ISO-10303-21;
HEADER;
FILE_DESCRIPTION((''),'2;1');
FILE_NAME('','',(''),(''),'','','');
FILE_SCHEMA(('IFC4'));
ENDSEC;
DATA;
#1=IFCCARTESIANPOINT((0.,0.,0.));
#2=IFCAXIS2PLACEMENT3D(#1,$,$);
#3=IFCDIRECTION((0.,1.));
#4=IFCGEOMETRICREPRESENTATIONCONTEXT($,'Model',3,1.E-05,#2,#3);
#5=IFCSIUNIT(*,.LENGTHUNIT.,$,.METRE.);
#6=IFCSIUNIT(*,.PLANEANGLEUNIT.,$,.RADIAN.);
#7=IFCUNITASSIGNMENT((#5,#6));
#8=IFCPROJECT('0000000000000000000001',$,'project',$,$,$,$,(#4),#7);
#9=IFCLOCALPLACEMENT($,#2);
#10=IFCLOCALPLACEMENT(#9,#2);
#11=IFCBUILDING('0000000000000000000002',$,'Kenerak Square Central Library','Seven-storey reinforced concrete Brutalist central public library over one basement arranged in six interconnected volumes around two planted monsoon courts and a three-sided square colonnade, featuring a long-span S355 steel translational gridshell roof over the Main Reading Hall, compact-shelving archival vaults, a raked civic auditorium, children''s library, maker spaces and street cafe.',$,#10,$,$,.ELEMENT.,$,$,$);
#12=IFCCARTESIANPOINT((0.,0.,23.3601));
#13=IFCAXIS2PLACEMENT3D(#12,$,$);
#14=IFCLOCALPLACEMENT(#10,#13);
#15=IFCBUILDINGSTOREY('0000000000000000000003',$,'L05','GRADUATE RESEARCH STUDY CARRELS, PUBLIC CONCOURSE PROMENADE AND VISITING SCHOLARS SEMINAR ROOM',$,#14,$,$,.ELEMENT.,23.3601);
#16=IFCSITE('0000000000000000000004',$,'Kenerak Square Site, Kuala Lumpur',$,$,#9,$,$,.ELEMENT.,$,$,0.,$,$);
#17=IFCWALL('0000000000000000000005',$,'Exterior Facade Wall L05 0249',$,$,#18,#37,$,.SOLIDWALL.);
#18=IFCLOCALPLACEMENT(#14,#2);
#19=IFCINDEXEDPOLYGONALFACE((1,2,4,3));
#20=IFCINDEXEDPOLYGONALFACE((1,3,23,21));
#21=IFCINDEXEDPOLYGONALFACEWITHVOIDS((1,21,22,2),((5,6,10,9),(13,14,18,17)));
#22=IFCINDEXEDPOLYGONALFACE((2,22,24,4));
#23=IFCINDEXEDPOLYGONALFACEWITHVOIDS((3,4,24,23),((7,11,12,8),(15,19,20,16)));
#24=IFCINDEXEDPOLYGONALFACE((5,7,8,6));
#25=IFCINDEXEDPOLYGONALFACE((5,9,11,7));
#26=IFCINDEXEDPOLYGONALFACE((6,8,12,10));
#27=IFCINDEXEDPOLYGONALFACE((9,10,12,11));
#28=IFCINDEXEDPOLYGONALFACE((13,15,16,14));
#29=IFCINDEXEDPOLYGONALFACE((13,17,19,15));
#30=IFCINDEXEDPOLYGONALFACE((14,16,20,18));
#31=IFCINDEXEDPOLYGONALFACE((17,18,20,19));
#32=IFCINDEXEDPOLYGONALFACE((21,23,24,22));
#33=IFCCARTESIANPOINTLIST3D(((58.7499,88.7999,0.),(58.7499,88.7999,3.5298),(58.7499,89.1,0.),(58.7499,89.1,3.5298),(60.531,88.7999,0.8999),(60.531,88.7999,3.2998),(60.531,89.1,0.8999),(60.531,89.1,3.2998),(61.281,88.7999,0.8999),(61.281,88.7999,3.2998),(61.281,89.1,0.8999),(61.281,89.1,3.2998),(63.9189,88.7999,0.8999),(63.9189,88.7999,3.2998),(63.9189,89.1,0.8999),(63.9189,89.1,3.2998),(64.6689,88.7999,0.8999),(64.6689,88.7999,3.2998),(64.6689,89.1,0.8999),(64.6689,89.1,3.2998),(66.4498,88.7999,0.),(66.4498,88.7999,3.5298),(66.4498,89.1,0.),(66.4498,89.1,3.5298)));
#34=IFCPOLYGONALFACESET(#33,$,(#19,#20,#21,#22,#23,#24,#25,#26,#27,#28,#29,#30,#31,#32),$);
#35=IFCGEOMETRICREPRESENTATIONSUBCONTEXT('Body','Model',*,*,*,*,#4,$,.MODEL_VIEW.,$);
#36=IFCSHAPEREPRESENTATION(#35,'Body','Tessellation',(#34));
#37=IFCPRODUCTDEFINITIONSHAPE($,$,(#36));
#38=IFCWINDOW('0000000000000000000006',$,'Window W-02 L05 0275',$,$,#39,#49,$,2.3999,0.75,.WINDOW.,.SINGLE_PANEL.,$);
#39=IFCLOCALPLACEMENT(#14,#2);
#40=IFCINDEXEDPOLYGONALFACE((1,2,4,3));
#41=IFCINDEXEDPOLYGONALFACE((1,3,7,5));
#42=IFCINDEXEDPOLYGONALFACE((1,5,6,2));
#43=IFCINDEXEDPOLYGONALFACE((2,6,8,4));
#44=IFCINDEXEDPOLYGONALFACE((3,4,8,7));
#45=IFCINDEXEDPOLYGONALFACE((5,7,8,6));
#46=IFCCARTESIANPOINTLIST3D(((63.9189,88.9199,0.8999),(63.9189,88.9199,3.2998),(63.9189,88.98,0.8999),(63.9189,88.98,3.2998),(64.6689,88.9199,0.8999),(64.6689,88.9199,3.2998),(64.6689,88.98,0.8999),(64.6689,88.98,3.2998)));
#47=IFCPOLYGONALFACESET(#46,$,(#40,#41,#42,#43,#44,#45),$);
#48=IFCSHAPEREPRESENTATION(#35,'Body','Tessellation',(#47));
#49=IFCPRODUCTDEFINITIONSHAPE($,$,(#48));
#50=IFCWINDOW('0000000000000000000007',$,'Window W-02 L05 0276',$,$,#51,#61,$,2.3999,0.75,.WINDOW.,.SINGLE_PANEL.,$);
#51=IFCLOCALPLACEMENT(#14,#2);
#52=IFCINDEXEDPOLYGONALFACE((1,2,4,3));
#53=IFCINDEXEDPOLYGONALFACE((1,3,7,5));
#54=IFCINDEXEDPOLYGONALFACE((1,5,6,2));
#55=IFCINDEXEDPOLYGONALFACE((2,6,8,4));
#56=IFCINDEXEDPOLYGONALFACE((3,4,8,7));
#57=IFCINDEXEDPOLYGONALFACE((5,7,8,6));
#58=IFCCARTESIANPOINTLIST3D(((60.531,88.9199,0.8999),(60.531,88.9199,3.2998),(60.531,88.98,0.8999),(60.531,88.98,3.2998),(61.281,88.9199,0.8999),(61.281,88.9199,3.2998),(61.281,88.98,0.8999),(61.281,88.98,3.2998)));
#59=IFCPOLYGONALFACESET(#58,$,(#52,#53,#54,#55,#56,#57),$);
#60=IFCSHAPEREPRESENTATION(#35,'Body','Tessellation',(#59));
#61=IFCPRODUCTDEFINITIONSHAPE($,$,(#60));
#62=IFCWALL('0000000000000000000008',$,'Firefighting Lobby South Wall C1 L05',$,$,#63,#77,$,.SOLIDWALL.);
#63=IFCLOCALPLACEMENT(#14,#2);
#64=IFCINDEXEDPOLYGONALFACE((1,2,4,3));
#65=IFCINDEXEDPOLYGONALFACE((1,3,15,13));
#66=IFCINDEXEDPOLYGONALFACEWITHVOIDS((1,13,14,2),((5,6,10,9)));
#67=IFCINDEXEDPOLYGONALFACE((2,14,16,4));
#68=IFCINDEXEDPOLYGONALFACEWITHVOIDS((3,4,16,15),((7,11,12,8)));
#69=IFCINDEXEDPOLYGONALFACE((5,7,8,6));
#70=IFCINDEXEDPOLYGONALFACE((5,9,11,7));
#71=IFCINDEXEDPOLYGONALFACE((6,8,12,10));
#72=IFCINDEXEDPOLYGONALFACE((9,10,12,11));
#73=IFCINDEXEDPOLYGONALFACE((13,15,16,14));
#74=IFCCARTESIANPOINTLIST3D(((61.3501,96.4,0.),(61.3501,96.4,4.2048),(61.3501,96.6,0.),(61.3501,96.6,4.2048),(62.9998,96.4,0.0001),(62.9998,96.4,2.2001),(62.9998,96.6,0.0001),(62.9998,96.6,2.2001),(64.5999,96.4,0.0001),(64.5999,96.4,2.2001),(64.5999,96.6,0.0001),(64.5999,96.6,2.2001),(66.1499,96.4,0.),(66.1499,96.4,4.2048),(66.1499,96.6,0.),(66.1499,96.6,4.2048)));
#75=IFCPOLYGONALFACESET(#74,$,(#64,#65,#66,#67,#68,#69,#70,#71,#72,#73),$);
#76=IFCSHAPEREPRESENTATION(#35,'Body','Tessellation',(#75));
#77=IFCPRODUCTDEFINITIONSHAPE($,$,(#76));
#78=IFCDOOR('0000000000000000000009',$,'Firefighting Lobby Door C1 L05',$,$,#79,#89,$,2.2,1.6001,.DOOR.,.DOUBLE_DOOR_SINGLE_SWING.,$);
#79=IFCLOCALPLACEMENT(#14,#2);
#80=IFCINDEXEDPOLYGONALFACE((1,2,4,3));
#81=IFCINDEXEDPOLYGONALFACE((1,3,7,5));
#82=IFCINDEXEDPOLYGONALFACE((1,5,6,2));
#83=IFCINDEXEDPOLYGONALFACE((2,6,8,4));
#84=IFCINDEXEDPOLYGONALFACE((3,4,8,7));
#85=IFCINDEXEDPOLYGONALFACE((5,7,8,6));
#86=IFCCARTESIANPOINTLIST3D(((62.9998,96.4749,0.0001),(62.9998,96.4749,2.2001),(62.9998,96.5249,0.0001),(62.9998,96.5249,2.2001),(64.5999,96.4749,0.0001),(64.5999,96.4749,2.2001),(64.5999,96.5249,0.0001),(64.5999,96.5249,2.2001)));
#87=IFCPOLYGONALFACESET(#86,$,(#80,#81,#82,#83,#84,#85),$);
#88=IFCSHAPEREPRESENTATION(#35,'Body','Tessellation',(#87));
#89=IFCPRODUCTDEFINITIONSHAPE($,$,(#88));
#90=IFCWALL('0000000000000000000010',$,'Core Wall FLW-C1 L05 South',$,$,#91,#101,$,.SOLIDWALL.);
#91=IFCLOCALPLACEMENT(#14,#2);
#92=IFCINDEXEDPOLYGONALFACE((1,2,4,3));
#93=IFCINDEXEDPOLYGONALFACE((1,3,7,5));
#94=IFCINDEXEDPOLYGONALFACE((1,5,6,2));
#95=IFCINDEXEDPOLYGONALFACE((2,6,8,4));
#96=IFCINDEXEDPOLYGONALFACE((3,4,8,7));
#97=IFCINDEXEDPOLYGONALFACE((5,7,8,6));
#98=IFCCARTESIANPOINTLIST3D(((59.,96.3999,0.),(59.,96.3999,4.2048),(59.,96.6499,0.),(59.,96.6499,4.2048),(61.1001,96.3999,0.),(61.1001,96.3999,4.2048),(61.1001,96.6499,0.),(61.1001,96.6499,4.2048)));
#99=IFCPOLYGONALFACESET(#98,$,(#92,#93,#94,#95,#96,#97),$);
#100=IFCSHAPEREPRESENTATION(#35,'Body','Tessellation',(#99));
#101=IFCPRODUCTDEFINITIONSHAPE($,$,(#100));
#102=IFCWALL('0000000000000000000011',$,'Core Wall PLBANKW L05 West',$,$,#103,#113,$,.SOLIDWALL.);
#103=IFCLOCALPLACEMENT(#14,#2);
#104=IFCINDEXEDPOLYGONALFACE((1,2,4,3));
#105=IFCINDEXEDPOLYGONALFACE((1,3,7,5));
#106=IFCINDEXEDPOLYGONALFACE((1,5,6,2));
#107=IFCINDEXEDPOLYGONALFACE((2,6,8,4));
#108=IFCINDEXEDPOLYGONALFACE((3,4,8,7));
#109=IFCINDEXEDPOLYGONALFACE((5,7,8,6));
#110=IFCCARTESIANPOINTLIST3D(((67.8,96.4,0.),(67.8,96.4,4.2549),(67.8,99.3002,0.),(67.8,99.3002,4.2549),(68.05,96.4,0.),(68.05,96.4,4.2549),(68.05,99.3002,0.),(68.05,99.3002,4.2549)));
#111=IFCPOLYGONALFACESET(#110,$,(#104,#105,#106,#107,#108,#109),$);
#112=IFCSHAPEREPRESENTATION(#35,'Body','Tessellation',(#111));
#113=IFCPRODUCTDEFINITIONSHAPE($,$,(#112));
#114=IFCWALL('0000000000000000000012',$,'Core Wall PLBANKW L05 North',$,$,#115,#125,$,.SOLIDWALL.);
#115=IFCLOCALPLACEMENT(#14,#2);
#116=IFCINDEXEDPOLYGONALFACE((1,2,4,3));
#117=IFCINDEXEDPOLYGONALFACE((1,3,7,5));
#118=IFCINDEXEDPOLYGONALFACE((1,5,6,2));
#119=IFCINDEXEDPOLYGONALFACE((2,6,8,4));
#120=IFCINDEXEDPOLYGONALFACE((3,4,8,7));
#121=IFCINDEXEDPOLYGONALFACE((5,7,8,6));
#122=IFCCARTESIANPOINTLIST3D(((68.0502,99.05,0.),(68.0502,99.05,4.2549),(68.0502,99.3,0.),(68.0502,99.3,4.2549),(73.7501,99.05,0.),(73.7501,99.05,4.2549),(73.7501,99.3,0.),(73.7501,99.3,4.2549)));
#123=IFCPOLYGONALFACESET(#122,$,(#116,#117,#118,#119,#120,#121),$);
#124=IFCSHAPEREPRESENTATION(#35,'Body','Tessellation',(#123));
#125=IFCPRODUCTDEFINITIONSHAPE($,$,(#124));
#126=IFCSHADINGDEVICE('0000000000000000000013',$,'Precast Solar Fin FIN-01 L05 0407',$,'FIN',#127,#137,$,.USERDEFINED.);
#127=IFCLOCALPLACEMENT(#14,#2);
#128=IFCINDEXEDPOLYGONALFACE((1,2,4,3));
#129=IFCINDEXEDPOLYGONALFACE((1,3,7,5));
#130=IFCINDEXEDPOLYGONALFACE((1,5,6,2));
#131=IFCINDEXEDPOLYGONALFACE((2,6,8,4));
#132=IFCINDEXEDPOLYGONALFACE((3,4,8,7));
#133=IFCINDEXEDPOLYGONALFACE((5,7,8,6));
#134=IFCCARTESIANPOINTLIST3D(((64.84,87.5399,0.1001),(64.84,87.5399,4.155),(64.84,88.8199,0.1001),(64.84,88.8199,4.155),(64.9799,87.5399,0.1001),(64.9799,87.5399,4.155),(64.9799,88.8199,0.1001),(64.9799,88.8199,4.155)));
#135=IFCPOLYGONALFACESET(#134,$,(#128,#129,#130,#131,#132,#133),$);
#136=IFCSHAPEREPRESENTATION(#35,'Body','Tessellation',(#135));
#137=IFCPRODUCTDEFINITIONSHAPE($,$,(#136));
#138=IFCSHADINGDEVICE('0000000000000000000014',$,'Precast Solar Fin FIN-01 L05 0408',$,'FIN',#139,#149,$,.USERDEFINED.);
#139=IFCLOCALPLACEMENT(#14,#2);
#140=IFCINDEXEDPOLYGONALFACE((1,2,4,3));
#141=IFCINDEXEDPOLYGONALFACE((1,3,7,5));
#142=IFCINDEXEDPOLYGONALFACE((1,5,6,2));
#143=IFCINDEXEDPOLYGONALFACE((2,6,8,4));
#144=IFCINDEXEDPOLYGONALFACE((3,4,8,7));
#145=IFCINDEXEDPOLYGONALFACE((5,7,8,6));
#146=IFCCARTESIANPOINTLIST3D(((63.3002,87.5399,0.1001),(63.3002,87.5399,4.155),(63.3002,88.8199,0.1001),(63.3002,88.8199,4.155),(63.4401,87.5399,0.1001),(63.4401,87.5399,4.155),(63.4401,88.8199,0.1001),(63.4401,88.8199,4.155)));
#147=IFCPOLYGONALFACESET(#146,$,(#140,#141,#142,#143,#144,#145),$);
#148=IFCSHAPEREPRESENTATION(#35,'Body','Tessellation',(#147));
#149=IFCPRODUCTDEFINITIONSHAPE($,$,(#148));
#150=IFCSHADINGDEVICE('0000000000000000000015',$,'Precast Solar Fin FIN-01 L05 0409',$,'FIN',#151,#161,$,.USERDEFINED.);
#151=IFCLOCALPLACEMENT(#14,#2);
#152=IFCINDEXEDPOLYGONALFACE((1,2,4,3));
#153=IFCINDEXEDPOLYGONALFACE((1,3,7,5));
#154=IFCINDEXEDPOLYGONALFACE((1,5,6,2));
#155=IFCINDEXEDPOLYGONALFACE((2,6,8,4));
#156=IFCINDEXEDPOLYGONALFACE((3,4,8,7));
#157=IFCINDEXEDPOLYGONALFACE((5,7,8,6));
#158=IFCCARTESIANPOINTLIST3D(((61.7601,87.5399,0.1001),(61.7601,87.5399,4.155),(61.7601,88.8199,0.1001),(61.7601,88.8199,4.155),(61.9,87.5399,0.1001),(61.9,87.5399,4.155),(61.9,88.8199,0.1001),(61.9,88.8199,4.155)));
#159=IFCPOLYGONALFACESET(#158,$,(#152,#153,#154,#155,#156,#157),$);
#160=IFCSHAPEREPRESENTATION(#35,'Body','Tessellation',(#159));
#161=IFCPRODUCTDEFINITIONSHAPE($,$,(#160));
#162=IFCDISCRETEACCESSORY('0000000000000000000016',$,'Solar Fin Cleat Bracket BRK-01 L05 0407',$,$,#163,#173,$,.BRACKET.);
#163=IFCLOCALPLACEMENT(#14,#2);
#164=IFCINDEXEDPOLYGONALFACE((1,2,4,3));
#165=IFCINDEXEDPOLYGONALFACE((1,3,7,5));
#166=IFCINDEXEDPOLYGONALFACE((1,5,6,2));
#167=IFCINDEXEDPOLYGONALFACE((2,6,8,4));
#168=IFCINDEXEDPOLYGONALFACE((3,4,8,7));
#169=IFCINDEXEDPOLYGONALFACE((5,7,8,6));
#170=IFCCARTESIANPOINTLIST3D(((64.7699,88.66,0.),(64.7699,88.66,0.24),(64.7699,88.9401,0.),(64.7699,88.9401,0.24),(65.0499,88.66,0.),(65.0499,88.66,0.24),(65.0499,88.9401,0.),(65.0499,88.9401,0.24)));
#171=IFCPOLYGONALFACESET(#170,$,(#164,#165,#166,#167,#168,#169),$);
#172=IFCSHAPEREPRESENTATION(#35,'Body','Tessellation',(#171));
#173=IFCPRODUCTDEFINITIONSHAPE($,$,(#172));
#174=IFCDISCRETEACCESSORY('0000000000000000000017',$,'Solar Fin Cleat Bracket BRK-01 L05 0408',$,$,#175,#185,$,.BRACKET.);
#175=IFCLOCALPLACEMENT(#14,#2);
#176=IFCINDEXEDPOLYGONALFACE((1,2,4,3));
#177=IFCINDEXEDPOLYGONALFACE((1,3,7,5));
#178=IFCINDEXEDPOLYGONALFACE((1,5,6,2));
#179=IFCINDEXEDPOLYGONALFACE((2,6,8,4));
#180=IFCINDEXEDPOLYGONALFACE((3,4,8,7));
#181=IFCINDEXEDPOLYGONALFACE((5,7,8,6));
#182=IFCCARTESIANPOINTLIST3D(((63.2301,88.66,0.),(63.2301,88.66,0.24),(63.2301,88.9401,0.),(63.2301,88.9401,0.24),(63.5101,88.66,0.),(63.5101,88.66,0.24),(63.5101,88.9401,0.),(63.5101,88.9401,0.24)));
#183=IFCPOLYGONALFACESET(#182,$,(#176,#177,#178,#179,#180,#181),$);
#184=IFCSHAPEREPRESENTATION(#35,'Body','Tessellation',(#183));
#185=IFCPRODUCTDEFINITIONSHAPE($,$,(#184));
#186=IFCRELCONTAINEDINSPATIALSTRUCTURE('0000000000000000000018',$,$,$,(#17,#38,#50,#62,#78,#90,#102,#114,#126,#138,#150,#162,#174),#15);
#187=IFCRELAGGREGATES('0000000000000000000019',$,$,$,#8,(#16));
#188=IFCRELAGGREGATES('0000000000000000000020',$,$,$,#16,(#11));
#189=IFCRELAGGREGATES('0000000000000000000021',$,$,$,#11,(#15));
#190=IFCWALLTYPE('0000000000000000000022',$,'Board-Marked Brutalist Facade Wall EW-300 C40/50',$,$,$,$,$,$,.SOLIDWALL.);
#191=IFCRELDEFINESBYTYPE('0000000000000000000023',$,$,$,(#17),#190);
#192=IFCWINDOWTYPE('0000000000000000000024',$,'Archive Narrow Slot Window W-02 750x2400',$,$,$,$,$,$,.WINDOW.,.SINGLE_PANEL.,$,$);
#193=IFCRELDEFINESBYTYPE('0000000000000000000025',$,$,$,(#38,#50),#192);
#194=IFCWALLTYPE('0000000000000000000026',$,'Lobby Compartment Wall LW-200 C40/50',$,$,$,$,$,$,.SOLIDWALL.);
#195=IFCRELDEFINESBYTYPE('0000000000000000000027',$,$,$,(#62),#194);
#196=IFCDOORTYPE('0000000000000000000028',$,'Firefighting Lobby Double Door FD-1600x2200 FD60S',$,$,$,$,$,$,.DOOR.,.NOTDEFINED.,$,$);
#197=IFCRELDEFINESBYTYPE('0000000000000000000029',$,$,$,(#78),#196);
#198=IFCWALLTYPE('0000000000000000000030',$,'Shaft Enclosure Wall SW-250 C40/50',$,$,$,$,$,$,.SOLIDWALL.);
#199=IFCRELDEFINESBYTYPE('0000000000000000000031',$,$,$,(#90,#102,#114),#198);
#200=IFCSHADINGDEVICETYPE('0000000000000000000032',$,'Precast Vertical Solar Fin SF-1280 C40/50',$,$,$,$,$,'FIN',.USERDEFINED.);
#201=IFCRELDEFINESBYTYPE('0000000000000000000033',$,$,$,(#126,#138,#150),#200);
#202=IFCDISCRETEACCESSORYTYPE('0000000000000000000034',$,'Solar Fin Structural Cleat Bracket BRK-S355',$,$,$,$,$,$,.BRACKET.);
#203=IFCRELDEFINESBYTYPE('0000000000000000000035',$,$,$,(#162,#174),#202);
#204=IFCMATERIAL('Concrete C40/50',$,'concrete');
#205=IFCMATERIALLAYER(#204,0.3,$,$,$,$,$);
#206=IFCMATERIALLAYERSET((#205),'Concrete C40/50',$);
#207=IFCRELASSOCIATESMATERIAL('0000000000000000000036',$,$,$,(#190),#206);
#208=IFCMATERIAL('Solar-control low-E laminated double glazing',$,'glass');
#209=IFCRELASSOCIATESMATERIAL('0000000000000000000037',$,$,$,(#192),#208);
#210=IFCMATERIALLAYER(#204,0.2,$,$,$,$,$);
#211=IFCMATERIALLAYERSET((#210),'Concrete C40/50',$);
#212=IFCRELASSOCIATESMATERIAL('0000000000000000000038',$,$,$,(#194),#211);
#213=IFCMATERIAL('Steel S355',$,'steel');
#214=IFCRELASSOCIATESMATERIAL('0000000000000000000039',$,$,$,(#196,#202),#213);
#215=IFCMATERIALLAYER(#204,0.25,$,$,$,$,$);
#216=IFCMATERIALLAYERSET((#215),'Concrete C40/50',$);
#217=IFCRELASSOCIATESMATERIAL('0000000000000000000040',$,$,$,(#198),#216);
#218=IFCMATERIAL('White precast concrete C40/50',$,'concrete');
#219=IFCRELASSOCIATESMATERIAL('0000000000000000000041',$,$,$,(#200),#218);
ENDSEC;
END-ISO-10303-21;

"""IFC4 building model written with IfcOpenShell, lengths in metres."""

from ifc_helpers import new_model, si_unit, direction, frame, frame_2d, origin, origin_2d, place, context, subcontext, project, spatial, rectangle, extrude, material, layer, layer_set, type_object, element, fill, save


model = new_model("IFC4")

# Units and contexts
model_context = context("Model", 3, precision=1e-05, world=origin(), true_north=direction((0.0, 1.0)))
body_context = subcontext(model_context, "Body", "Model", "MODEL_VIEW")
ifc_project = project(units=[si_unit("LENGTHUNIT", "METRE"), si_unit("PLANEANGLEUNIT", "RADIAN")], contexts=[model_context])

# Site, building, storey
site_placement = place(None, origin())
site = spatial("IfcSite", under=ifc_project, at=site_placement, Name="Kenerak Square Site, Kuala Lumpur", CompositionType="ELEMENT", RefElevation=0.0)
building_placement = place(site_placement, origin())
building = spatial("IfcBuilding", under=site, at=building_placement, Name="Kenerak Square Central Library", Description="Seven-storey reinforced concrete Brutalist central public library over one basement arranged in six interconnected volumes around two planted monsoon courts and a three-sided square colonnade, featuring a long-span S355 steel translational gridshell roof over the Main Reading Hall, compact-shelving archival vaults, a raked civic auditorium, children's library, maker spaces and street cafe.", CompositionType="ELEMENT")
storey_placement = place(building_placement, frame((0.0, 0.0, 23.3601)))
storey = spatial("IfcBuildingStorey", under=building, at=storey_placement, Name="L05", Description="GRADUATE RESEARCH STUDY CARRELS, PUBLIC CONCOURSE PROMENADE AND VISITING SCHOLARS SEMINAR ROOM", CompositionType="ELEMENT", Elevation=23.3601)

# Shared definitions
ifc_material_1 = material(Name="Concrete C40/50", Category="concrete")

# Shared definitions
ifc_material_2 = material(Name="Steel S355", Category="steel")

# Wall, openings, windows
ifc_layer_1 = layer(ifc_material_1, 0.3)
ifc_layer_set_1 = layer_set([ifc_layer_1], Name="Concrete C40/50")
wall_type_1 = type_object("IfcWallType", Name="Board-Marked Brutalist Facade Wall EW-300 C40/50", PredefinedType="SOLIDWALL", material=ifc_layer_set_1)
wall_1_placement = place(storey_placement, frame((66.45, 88.95, 0.0), z_axis=(0.0, 0.0, 1.0), x_axis=(-1.0, 0.0, 0.0)))
wall_1 = element("IfcWall", 1, at=wall_1_placement, inside=storey, type_object=wall_type_1, Name="Exterior Facade Wall L05 0249", PredefinedType="SOLIDWALL", context=body_context, shape_type="SweptSolid", body=[
    extrude(rectangle(XDim=7.7, YDim=0.3, at=frame_2d((3.8501, 0.0))), origin(), (0.0, 0.0, 1.0), 3.5298),
])
opening_1_placement = place(wall_1_placement, frame((1.781, 0.0, 0.8999)))
opening_1 = element("IfcOpeningElement", 2, at=opening_1_placement, cuts=wall_1, PredefinedType="OPENING", context=body_context, shape_type="SweptSolid", body=[
    extrude(rectangle(XDim=0.75, YDim=2.3999, at=frame_2d((0.375, 1.2))), frame((0.0, 0.1599, 0.0), z_axis=(0.0, -1.0, 0.0), x_axis=(1.0, 0.0, 0.0)), (0.0, 0.0, 1.0), 0.3201),
])
opening_2_placement = place(wall_1_placement, frame((5.1689, 0.0, 0.8999)))
opening_2 = element("IfcOpeningElement", 3, at=opening_2_placement, cuts=wall_1, PredefinedType="OPENING", context=body_context, shape_type="SweptSolid", body=[
    extrude(rectangle(XDim=0.75, YDim=2.3999, at=frame_2d((0.375, 1.2))), frame((0.0, 0.1599, 0.0), z_axis=(0.0, -1.0, 0.0), x_axis=(1.0, 0.0, 0.0)), (0.0, 0.0, 1.0), 0.3201),
])
ifc_material_3 = material(Name="Solar-control low-E laminated double glazing", Category="glass")
window_type = type_object("IfcWindowType", Name="Archive Narrow Slot Window W-02 750x2400", PartitioningType="SINGLE_PANEL", PredefinedType="WINDOW", material=ifc_material_3)
window_1_placement = place(opening_1_placement, origin())
window_1 = element("IfcWindow", 4, at=window_1_placement, inside=storey, type_object=window_type, Name="Window W-02 L05 0275", OverallHeight=2.3999, OverallWidth=0.75, PartitioningType="SINGLE_PANEL", PredefinedType="WINDOW", context=body_context, shape_type="SweptSolid", body=[
    extrude(rectangle(XDim=0.75, YDim=2.3999, at=frame_2d((0.375, 1.2))), frame((0.0, 0.03, 0.0), z_axis=(0.0, -1.0, 0.0), x_axis=(1.0, 0.0, 0.0)), (0.0, 0.0, 1.0), 0.0601),
])
fill(opening_1, window_1)
window_2_placement = place(opening_2_placement, origin())
window_2 = element("IfcWindow", 5, at=window_2_placement, inside=storey, type_object=window_type, Name="Window W-02 L05 0276", OverallHeight=2.3999, OverallWidth=0.75, PartitioningType="SINGLE_PANEL", PredefinedType="WINDOW", context=body_context, shape_type="SweptSolid", body=[
    extrude(rectangle(XDim=0.75, YDim=2.3999, at=frame_2d((0.375, 1.2))), frame((0.0, 0.03, 0.0), z_axis=(0.0, -1.0, 0.0), x_axis=(1.0, 0.0, 0.0)), (0.0, 0.0, 1.0), 0.0601),
])
fill(opening_2, window_2)

# Wall, opening, door
ifc_layer_2 = layer(ifc_material_1, 0.2)
ifc_layer_set_2 = layer_set([ifc_layer_2], Name="Concrete C40/50")
wall_type_2 = type_object("IfcWallType", Name="Lobby Compartment Wall LW-200 C40/50", PredefinedType="SOLIDWALL", material=ifc_layer_set_2)
wall_2_placement = place(storey_placement, frame((66.1499, 96.5, 0.0), z_axis=(0.0, 0.0, 1.0), x_axis=(-1.0, 0.0, 0.0)))
wall_2 = element("IfcWall", 6, at=wall_2_placement, inside=storey, type_object=wall_type_2, Name="Firefighting Lobby South Wall C1 L05", PredefinedType="SOLIDWALL", context=body_context, shape_type="SweptSolid", body=[
    extrude(rectangle(XDim=4.7998, YDim=0.2, at=frame_2d((2.3999, 0.0))), origin(), (0.0, 0.0, 1.0), 4.2048),
])
opening_3_placement = place(wall_2_placement, frame((1.55, 0.0, 0.0)))
opening_3 = element("IfcOpeningElement", 7, at=opening_3_placement, cuts=wall_2, PredefinedType="OPENING", context=body_context, shape_type="SweptSolid", body=[
    extrude(rectangle(XDim=1.6001, YDim=2.2, at=frame_2d((0.8, 1.1001))), frame((0.0, 0.1099, 0.0), z_axis=(0.0, -1.0, 0.0), x_axis=(1.0, 0.0, 0.0)), (0.0, 0.0, 1.0), 0.22),
])
door_type_1 = type_object("IfcDoorType", Name="Firefighting Lobby Double Door FD-1600x2200 FD60S", OperationType="NOTDEFINED", PredefinedType="DOOR", material=ifc_material_2)
door_1_placement = place(opening_3_placement, frame((1.6001, 0.0, 0.0), z_axis=(0.0, 0.0, 1.0), x_axis=(-1.0, 0.0, 0.0)))
door_1 = element("IfcDoor", 8, at=door_1_placement, inside=storey, type_object=door_type_1, Name="Firefighting Lobby Door C1 L05", OperationType="DOUBLE_DOOR_SINGLE_SWING", OverallHeight=2.2, OverallWidth=1.6001, PredefinedType="DOOR", context=body_context, shape_type="SweptSolid", body=[
    extrude(rectangle(XDim=1.6001, YDim=2.2, at=frame_2d((0.8, 1.1001))), frame((0.0, 0.0249, 0.0), z_axis=(0.0, -1.0, 0.0), x_axis=(1.0, 0.0, 0.0)), (0.0, 0.0, 1.0), 0.05),
])
fill(opening_3, door_1)

# Walls
ifc_layer_3 = layer(ifc_material_1, 0.25)
ifc_layer_set_3 = layer_set([ifc_layer_3], Name="Concrete C40/50")
wall_type_3 = type_object("IfcWallType", Name="Shaft Enclosure Wall SW-250 C40/50", PredefinedType="SOLIDWALL", material=ifc_layer_set_3)
wall_3_placement = place(storey_placement, frame((61.1001, 96.5249, 0.0), z_axis=(0.0, 0.0, 1.0), x_axis=(-1.0, 0.0, 0.0)))
element("IfcWall", 9, at=wall_3_placement, inside=storey, type_object=wall_type_3, Name="Core Wall FLW-C1 L05 South", PredefinedType="SOLIDWALL", context=body_context, shape_type="SweptSolid", body=[
    extrude(rectangle(XDim=2.1001, YDim=0.25, at=frame_2d((1.05, 0.0))), origin(), (0.0, 0.0, 1.0), 4.2048),
])
wall_4_placement = place(storey_placement, frame((67.925, 96.3999, 0.0), z_axis=(0.0, 0.0, 1.0), x_axis=(0.0, 1.0, 0.0)))
element("IfcWall", 10, at=wall_4_placement, inside=storey, type_object=wall_type_3, Name="Core Wall PLBANKW L05 West", PredefinedType="SOLIDWALL", context=body_context, shape_type="SweptSolid", body=[
    extrude(rectangle(XDim=2.9001, YDim=0.25, at=frame_2d((1.4502, 0.0))), origin(), (0.0, 0.0, 1.0), 4.2549),
])
wall_5_placement = place(storey_placement, frame((68.05, 99.175, 0.0), z_axis=(0.0, 0.0, 1.0), x_axis=(1.0, 0.0, 0.0)))
element("IfcWall", 11, at=wall_5_placement, inside=storey, type_object=wall_type_3, Name="Core Wall PLBANKW L05 North", PredefinedType="SOLIDWALL", context=body_context, shape_type="SweptSolid", body=[
    extrude(rectangle(XDim=5.7, YDim=0.25, at=frame_2d((2.8501, 0.0))), origin(), (0.0, 0.0, 1.0), 4.2549),
])

# Shading devices
ifc_material_4 = material(Name="White precast concrete C40/50", Category="concrete")
shading_device_type = type_object("IfcShadingDeviceType", Name="Precast Vertical Solar Fin SF-1280 C40/50", ElementType="FIN", PredefinedType="USERDEFINED", material=ifc_material_4)
for number, where, z_axis, x_axis, name in (
    (12, (64.9099, 88.1799, 0.1001), (0.0, 0.0, 1.0), (-1.0, 0.0, 0.0), "Precast Solar Fin FIN-01 L05 0407"),
    (13, (63.3701, 88.1799, 0.1001), (0.0, 0.0, 1.0), (-1.0, 0.0, 0.0), "Precast Solar Fin FIN-01 L05 0408"),
    (14, (61.8301, 88.1799, 0.1001), (0.0, 0.0, 1.0), (-1.0, 0.0, 0.0), "Precast Solar Fin FIN-01 L05 0409"),
):
    element("IfcShadingDevice", number, at=place(storey_placement, frame(where, z_axis=z_axis, x_axis=x_axis)), inside=storey, type_object=shading_device_type, Name=name, ObjectType="FIN", PredefinedType="USERDEFINED", context=body_context, shape_type="SweptSolid", body=[
        extrude(rectangle(XDim=0.1399, YDim=1.28, at=origin_2d()), origin(), (0.0, 0.0, 1.0), 4.0549),
    ])

# Discrete accessories
discrete_accessory_type = type_object("IfcDiscreteAccessoryType", Name="Solar Fin Structural Cleat Bracket BRK-S355", PredefinedType="BRACKET", material=ifc_material_2)
for number, where, z_axis, x_axis, name in (
    (15, (64.9099, 88.8, 0.0), (0.0, 0.0, 1.0), (-1.0, 0.0, 0.0), "Solar Fin Cleat Bracket BRK-01 L05 0407"),
    (16, (63.3701, 88.8, 0.0), (0.0, 0.0, 1.0), (-1.0, 0.0, 0.0), "Solar Fin Cleat Bracket BRK-01 L05 0408"),
):
    element("IfcDiscreteAccessory", number, at=place(storey_placement, frame(where, z_axis=z_axis, x_axis=x_axis)), inside=storey, type_object=discrete_accessory_type, Name=name, PredefinedType="BRACKET", context=body_context, shape_type="SweptSolid", body=[
        extrude(rectangle(XDim=0.28, YDim=0.28, at=origin_2d()), origin(), (0.0, 0.0, 1.0), 0.24),
    ])

save(model, "model.ifc")
